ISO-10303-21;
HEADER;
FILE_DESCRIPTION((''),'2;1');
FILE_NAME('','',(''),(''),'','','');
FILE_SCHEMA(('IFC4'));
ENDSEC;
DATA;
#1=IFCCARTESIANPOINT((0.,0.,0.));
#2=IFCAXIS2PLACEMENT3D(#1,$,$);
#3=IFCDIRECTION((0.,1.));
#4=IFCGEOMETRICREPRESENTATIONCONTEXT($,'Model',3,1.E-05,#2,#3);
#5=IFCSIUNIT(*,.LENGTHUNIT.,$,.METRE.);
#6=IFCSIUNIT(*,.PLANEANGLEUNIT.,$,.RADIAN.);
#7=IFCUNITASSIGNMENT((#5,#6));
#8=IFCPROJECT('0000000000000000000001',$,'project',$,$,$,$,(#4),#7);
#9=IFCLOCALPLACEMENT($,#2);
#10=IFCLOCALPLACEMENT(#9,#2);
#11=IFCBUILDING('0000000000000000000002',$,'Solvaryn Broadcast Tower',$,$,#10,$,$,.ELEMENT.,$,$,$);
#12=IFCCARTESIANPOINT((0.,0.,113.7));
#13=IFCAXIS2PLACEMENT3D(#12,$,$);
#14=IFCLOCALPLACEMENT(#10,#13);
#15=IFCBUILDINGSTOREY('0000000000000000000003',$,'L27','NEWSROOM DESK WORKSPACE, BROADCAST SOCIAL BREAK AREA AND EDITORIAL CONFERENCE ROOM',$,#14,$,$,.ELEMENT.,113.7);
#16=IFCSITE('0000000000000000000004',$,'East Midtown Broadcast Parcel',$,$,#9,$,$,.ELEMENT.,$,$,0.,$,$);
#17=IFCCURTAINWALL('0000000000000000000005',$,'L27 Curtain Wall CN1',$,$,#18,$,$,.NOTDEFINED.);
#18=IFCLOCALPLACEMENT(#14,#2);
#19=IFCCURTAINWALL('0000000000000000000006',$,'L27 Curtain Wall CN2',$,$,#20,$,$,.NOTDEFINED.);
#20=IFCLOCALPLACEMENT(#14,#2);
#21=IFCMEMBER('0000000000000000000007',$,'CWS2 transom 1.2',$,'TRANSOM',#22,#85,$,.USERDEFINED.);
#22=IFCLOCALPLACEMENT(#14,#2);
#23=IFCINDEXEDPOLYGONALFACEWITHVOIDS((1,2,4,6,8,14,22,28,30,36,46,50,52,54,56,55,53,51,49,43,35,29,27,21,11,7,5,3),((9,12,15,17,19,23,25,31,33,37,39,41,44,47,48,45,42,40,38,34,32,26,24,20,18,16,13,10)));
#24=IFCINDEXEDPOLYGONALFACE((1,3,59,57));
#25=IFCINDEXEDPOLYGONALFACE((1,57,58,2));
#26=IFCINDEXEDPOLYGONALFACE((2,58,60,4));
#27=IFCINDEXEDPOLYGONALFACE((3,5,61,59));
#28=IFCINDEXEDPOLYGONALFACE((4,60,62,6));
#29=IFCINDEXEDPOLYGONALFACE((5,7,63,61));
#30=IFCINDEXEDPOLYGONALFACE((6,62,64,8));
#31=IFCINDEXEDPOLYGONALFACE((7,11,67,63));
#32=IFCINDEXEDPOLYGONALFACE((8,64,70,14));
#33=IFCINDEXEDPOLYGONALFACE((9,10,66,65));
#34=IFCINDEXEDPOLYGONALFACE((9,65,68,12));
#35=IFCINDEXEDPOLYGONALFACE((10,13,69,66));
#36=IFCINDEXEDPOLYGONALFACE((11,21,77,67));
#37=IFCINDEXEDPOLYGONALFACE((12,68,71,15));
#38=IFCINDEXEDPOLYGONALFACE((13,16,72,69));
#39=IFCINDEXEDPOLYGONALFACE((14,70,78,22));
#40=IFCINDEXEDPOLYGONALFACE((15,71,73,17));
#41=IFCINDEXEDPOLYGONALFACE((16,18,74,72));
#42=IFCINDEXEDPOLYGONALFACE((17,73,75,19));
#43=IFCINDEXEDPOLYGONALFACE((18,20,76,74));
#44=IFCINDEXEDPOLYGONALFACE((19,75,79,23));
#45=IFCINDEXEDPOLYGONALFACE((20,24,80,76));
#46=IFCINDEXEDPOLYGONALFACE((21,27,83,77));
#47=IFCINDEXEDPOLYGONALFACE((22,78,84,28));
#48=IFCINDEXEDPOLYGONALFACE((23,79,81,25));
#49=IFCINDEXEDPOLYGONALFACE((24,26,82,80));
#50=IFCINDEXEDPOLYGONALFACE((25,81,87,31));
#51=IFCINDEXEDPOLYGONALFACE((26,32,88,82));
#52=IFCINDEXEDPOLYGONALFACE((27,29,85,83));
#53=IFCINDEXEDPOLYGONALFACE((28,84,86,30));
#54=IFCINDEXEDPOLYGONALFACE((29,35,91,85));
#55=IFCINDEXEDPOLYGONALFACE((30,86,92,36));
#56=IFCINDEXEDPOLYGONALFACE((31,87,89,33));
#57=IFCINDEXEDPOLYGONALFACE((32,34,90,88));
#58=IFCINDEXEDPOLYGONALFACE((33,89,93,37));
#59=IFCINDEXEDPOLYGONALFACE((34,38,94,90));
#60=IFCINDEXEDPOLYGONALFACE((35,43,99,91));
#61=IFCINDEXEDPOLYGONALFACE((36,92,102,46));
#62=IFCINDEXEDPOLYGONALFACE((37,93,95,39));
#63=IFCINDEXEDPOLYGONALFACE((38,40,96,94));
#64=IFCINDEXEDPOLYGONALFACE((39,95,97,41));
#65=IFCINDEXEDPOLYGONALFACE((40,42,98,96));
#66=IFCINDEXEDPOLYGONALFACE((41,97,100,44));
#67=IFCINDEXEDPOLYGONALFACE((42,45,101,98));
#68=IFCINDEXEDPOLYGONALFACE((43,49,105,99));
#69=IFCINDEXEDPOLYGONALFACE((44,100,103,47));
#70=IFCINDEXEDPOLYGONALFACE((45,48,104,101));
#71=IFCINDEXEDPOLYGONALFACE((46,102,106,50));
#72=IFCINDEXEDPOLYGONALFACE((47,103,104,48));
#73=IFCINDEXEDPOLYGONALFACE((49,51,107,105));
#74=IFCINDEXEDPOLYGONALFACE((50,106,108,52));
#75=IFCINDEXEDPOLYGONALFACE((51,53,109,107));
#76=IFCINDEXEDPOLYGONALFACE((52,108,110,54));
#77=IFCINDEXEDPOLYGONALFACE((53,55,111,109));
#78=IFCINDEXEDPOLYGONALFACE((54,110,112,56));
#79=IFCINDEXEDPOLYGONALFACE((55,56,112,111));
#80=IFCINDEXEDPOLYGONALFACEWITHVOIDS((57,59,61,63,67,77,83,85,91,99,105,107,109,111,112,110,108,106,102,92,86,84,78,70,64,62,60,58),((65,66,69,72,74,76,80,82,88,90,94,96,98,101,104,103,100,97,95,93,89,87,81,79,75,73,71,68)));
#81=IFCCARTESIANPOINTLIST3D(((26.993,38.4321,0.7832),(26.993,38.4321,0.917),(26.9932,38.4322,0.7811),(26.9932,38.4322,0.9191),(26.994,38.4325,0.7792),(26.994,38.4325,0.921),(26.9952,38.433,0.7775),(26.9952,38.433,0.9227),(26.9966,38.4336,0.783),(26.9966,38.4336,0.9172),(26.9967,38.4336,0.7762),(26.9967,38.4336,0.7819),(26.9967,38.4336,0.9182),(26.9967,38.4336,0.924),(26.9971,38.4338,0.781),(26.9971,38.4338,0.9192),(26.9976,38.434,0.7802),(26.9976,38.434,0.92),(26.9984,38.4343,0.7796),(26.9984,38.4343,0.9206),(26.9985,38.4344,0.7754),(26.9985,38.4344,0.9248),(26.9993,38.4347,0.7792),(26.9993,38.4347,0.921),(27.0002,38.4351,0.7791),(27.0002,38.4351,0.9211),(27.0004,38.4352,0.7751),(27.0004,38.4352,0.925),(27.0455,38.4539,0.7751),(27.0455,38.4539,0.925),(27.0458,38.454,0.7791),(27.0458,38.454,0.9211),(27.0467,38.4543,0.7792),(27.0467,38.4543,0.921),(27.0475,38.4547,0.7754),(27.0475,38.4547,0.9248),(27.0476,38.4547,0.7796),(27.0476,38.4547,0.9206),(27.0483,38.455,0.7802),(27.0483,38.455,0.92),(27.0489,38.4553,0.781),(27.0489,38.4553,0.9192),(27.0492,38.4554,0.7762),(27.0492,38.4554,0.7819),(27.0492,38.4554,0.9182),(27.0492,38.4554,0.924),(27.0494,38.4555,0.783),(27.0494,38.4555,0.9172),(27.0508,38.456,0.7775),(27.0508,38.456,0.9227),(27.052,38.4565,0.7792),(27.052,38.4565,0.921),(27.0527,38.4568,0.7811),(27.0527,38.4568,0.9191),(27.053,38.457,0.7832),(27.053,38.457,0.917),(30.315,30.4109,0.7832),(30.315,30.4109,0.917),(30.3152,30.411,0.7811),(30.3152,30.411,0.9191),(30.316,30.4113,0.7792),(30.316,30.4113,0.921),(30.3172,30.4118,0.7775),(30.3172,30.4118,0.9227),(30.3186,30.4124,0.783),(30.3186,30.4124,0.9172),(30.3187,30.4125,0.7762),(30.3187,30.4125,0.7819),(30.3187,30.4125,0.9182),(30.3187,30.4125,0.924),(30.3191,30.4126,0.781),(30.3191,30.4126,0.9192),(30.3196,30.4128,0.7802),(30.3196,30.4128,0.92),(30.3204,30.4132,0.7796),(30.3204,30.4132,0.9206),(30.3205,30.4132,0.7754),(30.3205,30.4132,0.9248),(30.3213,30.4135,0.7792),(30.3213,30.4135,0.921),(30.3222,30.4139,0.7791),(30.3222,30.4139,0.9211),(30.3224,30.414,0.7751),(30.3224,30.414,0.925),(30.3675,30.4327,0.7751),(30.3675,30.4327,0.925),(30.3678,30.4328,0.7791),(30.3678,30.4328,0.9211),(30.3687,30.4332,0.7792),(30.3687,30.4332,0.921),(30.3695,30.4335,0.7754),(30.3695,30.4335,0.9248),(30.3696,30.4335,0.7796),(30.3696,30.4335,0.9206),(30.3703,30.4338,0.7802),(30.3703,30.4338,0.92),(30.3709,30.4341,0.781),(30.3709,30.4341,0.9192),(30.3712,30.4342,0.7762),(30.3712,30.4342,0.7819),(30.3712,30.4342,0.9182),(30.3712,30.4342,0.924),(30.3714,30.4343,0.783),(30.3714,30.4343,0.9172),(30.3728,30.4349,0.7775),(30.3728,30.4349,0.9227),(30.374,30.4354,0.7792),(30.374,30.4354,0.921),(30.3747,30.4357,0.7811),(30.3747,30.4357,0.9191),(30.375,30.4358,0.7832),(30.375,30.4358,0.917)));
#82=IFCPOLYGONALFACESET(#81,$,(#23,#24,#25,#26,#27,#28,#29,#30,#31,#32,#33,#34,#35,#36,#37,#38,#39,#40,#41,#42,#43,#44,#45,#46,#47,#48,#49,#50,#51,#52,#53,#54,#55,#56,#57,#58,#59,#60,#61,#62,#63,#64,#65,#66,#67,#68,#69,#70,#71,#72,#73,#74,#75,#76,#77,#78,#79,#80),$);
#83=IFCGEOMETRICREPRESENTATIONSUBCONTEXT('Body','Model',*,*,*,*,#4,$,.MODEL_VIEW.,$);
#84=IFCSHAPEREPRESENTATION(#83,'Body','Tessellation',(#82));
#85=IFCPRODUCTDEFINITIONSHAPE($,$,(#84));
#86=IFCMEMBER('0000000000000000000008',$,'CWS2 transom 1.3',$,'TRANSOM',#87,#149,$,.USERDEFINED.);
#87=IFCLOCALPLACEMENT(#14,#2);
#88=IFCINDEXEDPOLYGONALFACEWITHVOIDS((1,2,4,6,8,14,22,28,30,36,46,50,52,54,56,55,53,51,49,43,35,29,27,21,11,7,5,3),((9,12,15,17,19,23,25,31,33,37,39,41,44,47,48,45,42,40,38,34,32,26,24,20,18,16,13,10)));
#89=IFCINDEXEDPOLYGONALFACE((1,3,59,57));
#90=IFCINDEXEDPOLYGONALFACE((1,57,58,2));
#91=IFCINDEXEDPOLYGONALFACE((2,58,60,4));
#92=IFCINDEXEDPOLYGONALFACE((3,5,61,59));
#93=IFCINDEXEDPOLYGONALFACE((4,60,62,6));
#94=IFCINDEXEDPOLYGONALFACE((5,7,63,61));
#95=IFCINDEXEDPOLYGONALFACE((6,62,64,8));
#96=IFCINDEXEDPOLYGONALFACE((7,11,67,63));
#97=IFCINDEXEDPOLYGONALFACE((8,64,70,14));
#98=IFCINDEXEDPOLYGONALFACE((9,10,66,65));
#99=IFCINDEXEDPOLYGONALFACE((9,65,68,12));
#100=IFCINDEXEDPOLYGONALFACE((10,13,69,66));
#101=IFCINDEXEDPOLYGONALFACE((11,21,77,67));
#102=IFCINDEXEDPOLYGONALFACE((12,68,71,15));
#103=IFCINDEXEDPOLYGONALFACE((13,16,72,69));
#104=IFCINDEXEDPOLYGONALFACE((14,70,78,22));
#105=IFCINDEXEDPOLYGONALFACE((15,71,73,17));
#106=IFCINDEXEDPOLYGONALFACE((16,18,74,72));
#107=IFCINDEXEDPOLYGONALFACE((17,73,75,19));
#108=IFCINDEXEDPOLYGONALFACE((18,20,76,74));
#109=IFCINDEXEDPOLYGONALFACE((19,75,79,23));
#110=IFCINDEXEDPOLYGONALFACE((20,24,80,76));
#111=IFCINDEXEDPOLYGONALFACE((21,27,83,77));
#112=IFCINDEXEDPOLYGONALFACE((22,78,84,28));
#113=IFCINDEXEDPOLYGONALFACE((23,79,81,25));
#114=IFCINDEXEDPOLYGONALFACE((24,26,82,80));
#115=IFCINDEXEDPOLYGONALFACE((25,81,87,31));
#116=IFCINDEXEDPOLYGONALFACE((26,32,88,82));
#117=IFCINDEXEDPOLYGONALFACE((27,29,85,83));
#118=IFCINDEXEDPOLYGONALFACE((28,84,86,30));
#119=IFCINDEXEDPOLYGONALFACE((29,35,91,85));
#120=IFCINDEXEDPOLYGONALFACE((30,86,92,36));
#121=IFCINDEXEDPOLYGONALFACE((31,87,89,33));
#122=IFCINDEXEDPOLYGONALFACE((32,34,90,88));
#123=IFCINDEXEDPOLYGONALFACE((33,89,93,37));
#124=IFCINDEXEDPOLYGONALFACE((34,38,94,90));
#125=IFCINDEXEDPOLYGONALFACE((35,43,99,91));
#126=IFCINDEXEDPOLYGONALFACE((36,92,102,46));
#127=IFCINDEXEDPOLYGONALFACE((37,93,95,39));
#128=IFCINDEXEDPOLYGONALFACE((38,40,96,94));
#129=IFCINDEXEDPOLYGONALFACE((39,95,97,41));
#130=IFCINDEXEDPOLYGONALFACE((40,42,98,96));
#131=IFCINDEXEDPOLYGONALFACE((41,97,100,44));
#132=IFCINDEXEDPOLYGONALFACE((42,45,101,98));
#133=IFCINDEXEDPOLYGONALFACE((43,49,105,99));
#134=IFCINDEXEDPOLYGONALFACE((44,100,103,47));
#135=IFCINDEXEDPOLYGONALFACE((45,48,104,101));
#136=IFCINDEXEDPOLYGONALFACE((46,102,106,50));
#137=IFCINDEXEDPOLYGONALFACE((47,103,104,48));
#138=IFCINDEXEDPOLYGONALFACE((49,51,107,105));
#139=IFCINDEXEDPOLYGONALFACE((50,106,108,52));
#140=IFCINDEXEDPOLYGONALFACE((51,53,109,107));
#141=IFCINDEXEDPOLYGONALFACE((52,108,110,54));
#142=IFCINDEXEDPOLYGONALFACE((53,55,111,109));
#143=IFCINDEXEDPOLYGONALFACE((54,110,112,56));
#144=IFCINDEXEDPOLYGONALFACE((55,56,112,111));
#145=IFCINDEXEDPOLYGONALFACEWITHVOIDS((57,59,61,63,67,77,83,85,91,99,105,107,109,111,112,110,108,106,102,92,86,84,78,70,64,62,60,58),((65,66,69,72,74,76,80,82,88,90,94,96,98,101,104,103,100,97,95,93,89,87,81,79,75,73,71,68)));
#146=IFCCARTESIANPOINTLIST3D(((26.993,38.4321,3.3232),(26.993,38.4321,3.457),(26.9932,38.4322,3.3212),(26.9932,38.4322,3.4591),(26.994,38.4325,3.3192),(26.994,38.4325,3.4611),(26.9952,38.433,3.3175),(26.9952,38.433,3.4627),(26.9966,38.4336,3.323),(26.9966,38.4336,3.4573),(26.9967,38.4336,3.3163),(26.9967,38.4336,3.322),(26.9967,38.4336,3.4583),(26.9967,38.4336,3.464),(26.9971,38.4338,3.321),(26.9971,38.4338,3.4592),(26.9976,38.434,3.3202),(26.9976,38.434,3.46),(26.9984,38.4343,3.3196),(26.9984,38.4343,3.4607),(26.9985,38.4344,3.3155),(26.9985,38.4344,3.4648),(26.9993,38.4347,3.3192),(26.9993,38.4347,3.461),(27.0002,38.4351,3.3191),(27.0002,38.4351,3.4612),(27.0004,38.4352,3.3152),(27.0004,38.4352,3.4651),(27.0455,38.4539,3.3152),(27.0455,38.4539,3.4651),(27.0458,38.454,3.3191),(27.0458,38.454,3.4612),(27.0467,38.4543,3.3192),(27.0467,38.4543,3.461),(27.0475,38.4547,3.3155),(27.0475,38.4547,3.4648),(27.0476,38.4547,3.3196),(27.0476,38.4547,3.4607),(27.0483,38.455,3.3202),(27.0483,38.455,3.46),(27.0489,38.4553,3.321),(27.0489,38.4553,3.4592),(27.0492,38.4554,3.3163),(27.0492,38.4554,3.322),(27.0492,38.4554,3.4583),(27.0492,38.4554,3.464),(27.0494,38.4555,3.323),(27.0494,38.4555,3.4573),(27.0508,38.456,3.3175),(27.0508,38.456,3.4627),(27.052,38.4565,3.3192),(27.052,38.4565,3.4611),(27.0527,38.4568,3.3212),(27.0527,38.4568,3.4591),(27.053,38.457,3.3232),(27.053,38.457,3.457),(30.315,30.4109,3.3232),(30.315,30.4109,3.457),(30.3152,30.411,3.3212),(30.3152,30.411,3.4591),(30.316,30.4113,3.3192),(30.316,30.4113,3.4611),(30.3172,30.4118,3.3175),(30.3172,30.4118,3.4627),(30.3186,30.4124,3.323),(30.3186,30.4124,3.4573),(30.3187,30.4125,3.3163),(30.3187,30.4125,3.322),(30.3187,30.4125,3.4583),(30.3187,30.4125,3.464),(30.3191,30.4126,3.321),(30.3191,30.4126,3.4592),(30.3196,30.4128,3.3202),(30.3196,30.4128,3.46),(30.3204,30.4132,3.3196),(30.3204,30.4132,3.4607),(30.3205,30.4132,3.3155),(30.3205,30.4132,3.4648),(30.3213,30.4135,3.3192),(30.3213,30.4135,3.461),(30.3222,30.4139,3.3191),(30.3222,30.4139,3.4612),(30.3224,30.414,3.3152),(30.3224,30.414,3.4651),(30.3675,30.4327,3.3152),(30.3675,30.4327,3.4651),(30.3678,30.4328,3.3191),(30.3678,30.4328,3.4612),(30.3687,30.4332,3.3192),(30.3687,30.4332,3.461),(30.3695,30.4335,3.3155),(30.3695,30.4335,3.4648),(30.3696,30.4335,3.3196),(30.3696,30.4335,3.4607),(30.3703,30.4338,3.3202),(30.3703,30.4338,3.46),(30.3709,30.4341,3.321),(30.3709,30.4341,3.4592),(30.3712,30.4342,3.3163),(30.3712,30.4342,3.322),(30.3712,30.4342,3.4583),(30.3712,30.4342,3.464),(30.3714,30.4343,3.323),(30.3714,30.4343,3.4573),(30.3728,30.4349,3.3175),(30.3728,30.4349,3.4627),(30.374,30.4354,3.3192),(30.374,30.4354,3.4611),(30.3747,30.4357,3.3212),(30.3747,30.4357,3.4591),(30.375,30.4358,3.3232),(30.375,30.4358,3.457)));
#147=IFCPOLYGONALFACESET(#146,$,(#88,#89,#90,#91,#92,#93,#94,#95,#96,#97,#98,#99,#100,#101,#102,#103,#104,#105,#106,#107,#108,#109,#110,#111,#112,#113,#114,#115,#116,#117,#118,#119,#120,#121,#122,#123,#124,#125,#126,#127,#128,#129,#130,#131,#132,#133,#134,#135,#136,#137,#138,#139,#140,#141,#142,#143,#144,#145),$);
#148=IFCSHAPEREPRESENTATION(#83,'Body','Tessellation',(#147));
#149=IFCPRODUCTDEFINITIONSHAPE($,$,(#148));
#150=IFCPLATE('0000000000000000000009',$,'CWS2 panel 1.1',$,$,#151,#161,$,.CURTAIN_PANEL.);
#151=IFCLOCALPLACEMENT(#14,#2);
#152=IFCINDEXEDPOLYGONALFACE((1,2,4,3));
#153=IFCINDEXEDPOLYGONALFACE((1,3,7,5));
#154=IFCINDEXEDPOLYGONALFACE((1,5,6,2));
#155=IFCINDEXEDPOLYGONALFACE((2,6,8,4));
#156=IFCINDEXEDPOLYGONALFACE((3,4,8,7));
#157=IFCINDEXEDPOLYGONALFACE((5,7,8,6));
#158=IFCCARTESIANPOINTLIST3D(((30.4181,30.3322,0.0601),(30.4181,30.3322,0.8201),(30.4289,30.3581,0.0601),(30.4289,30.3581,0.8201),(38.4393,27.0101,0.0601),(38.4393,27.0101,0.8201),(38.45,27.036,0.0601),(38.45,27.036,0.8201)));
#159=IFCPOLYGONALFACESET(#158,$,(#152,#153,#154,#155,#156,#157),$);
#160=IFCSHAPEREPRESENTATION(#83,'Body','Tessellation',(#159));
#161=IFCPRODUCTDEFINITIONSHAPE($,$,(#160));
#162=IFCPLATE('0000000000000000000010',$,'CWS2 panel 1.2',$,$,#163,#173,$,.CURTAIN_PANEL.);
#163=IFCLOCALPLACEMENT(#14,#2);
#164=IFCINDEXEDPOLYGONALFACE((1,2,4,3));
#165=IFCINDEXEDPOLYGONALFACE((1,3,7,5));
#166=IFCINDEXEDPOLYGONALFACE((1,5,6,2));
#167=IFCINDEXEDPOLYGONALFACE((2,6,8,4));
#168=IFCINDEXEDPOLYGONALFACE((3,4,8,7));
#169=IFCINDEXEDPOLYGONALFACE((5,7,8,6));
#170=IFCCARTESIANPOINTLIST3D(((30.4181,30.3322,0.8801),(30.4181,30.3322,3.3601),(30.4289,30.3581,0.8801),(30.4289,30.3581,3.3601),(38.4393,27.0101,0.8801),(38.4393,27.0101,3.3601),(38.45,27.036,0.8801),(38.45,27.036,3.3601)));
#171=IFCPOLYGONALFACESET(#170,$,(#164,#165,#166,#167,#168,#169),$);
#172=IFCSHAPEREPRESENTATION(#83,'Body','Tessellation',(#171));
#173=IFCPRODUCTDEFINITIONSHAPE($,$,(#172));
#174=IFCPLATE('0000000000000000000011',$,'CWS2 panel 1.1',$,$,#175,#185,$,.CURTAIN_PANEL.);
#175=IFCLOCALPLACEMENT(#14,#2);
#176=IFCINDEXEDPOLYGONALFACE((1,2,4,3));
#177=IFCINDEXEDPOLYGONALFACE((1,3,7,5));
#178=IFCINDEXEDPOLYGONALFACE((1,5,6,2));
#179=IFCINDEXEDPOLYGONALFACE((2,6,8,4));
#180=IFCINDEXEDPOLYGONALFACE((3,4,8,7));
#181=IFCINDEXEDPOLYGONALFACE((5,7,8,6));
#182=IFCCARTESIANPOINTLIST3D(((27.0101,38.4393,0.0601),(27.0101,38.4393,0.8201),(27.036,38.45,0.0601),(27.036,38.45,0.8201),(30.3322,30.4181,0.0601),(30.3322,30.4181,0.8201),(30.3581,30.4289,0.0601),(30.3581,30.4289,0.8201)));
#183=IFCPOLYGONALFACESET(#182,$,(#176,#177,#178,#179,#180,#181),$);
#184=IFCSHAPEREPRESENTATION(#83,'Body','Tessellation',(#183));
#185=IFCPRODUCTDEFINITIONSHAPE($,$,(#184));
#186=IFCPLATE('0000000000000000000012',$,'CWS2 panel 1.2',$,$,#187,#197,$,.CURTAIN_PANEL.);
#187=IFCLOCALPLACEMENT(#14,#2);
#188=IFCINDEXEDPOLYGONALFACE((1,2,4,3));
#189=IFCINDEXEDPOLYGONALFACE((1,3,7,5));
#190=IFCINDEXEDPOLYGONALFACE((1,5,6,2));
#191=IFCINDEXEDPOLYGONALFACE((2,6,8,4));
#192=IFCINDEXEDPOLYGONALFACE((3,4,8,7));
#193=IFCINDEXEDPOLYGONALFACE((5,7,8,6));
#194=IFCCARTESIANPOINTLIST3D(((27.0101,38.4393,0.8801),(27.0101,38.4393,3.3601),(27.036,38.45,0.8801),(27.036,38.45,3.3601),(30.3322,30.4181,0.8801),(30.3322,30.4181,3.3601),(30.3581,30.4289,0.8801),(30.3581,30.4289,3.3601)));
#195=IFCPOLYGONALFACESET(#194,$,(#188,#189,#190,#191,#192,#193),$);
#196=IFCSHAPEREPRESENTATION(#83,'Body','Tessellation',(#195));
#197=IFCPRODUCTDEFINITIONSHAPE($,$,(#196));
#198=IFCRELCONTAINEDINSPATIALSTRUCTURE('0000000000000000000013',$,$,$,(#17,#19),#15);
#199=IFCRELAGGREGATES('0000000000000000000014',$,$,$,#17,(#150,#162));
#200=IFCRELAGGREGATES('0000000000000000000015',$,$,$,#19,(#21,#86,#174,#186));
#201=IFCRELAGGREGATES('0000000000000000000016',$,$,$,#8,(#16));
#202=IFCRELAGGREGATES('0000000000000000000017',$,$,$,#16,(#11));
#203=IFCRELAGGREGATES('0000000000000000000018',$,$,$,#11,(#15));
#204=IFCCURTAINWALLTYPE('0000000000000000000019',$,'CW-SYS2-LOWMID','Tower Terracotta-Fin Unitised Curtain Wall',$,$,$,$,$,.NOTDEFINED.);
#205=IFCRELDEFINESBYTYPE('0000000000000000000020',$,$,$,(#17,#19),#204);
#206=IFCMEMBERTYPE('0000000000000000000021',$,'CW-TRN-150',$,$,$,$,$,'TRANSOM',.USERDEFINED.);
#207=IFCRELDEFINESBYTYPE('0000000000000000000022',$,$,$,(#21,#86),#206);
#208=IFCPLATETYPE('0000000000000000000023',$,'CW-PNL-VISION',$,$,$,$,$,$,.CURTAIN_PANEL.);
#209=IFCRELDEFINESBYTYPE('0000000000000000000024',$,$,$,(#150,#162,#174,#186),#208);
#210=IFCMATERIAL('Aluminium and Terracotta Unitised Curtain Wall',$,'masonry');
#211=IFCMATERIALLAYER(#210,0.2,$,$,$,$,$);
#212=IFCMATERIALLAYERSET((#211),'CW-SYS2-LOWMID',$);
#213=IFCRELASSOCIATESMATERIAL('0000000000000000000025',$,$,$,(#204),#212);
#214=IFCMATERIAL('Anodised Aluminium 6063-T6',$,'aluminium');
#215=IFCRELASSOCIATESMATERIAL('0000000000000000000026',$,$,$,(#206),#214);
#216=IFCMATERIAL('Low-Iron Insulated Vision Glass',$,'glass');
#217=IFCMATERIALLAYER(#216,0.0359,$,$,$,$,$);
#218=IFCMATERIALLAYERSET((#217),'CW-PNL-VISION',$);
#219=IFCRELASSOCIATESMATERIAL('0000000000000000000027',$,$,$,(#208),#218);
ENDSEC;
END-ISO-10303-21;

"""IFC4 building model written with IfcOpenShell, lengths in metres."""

from ifc_helpers import new_model, si_unit, direction, frame, origin, origin_2d, place, context, subcontext, project, spatial, rectangle, hollow_rectangle, extrude, material, layer, layer_set, material_profile, profile_set, type_object, element, aggregate, save


model = new_model("IFC4")

# Units and contexts
model_context = context("Model", 3, precision=1e-05, world=origin(), true_north=direction((0.0, 1.0)))
body_context = subcontext(model_context, "Body", "Model", "MODEL_VIEW")
ifc_project = project(units=[si_unit("LENGTHUNIT", "METRE"), si_unit("PLANEANGLEUNIT", "RADIAN")], contexts=[model_context])

# Site, building, storey
site_placement = place(None, origin())
site = spatial("IfcSite", under=ifc_project, at=site_placement, Name="East Midtown Broadcast Parcel", CompositionType="ELEMENT", RefElevation=0.0)
building_placement = place(site_placement, origin())
building = spatial("IfcBuilding", under=site, at=building_placement, Name="Solvaryn Broadcast Tower", CompositionType="ELEMENT")
storey_placement = place(building_placement, frame((0.0, 0.0, 113.7)))
storey = spatial("IfcBuildingStorey", under=building, at=storey_placement, Name="L27", Description="NEWSROOM DESK WORKSPACE, BROADCAST SOCIAL BREAK AREA AND EDITORIAL CONFERENCE ROOM", CompositionType="ELEMENT", Elevation=113.7)

# Curtain wall
ifc_material_1 = material(Name="Aluminium and Terracotta Unitised Curtain Wall", Category="masonry")
ifc_layer_1 = layer(ifc_material_1, 0.2)
ifc_layer_set_1 = layer_set([ifc_layer_1], Name="CW-SYS2-LOWMID")
curtain_wall_type = type_object("IfcCurtainWallType", Name="CW-SYS2-LOWMID", Description="Tower Terracotta-Fin Unitised Curtain Wall", PredefinedType="NOTDEFINED", material=ifc_layer_set_1)
curtain_wall_1_placement = place(storey_placement, origin())
curtain_wall_1 = element("IfcCurtainWall", 1, at=curtain_wall_1_placement, inside=storey, type_object=curtain_wall_type, Name="L27 Curtain Wall CN1", PredefinedType="NOTDEFINED")

# Curtain wall, members
curtain_wall_2_placement = place(storey_placement, origin())
curtain_wall_2 = element("IfcCurtainWall", 2, at=curtain_wall_2_placement, inside=storey, type_object=curtain_wall_type, Name="L27 Curtain Wall CN2", PredefinedType="NOTDEFINED")
ifc_material_2 = material(Name="Anodised Aluminium 6063-T6", Category="aluminium")
ifc_material_profile_1 = material_profile(ifc_material_2, hollow_rectangle(XDim=0.0649, YDim=0.1499, WallThickness=0.0039, InnerFilletRadius=0.0039, OuterFilletRadius=0.0081, at=origin_2d()))
ifc_profile_set_1 = profile_set([ifc_material_profile_1], Name="Anodised Aluminium 6063-T6")
member_type_1 = type_object("IfcMemberType", Name="CW-TRN-150", ElementType="TRANSOM", PredefinedType="USERDEFINED", material=ifc_profile_set_1)
member_1_placement = place(storey_placement, frame((30.345, 30.4233, 0.8501), z_axis=(-0.382636, 0.923899, 0.0), x_axis=(-0.923899, -0.382636, 0.0)))
member_1 = element("IfcMember", 3, at=member_1_placement, type_object=member_type_1, Name="CWS2 transom 1.2", ObjectType="TRANSOM", PredefinedType="USERDEFINED", context=body_context, shape_type="SweptSolid", body=[
    extrude(hollow_rectangle(XDim=0.0649, YDim=0.1499, WallThickness=0.0039, InnerFilletRadius=0.0039, OuterFilletRadius=0.0081, at=origin_2d()), origin(), (0.0, 0.0, 1.0), 8.6819),
])
member_2_placement = place(storey_placement, frame((30.345, 30.4233, 3.3901), z_axis=(-0.382636, 0.923899, 0.0), x_axis=(-0.923899, -0.382636, 0.0)))
member_2 = element("IfcMember", 4, at=member_2_placement, type_object=member_type_1, Name="CWS2 transom 1.3", ObjectType="TRANSOM", PredefinedType="USERDEFINED", context=body_context, shape_type="SweptSolid", body=[
    extrude(hollow_rectangle(XDim=0.0649, YDim=0.1499, WallThickness=0.0039, InnerFilletRadius=0.0039, OuterFilletRadius=0.0081, at=origin_2d()), origin(), (0.0, 0.0, 1.0), 8.6819),
])

# Plates
ifc_material_3 = material(Name="Low-Iron Insulated Vision Glass", Category="glass")
ifc_layer_2 = layer(ifc_material_3, 0.0359)
ifc_layer_set_2 = layer_set([ifc_layer_2], Name="CW-PNL-VISION")
plate_type = type_object("IfcPlateType", Name="CW-PNL-VISION", PredefinedType="CURTAIN_PANEL", material=ifc_layer_set_2)
plate_1_placement = place(storey_placement, frame((34.4341, 28.6841, 0.0601), z_axis=(0.0, 0.0, 1.0), x_axis=(-0.923895, 0.382646, 0.0)))
plate_1 = element("IfcPlate", 5, at=plate_1_placement, type_object=plate_type, Name="CWS2 panel 1.1", PredefinedType="CURTAIN_PANEL", context=body_context, shape_type="SweptSolid", body=[
    extrude(rectangle(XDim=8.6819, YDim=0.0281, at=origin_2d()), origin(), (0.0, 0.0, 1.0), 0.76),
])
plate_2_placement = place(storey_placement, frame((34.4341, 28.6841, 0.8801), z_axis=(0.0, 0.0, 1.0), x_axis=(-0.923895, 0.382646, 0.0)))
plate_2 = element("IfcPlate", 6, at=plate_2_placement, type_object=plate_type, Name="CWS2 panel 1.2", PredefinedType="CURTAIN_PANEL", context=body_context, shape_type="SweptSolid", body=[
    extrude(rectangle(XDim=8.6819, YDim=0.0281, at=origin_2d()), origin(), (0.0, 0.0, 1.0), 2.48),
])
aggregate(curtain_wall_1, [plate_1, plate_2])
plate_3_placement = place(storey_placement, frame((28.6841, 34.4341, 0.0601), z_axis=(0.0, 0.0, 1.0), x_axis=(-0.382646, 0.923895, 0.0)))
plate_3 = element("IfcPlate", 7, at=plate_3_placement, type_object=plate_type, Name="CWS2 panel 1.1", PredefinedType="CURTAIN_PANEL", context=body_context, shape_type="SweptSolid", body=[
    extrude(rectangle(XDim=8.6819, YDim=0.0281, at=origin_2d()), origin(), (0.0, 0.0, 1.0), 0.76),
])
plate_4_placement = place(storey_placement, frame((28.6841, 34.4341, 0.8801), z_axis=(0.0, 0.0, 1.0), x_axis=(-0.382646, 0.923895, 0.0)))
plate_4 = element("IfcPlate", 8, at=plate_4_placement, type_object=plate_type, Name="CWS2 panel 1.2", PredefinedType="CURTAIN_PANEL", context=body_context, shape_type="SweptSolid", body=[
    extrude(rectangle(XDim=8.6819, YDim=0.0281, at=origin_2d()), origin(), (0.0, 0.0, 1.0), 2.48),
])
aggregate(curtain_wall_2, [member_1, member_2, plate_3, plate_4])

save(model, "model.ifc")
